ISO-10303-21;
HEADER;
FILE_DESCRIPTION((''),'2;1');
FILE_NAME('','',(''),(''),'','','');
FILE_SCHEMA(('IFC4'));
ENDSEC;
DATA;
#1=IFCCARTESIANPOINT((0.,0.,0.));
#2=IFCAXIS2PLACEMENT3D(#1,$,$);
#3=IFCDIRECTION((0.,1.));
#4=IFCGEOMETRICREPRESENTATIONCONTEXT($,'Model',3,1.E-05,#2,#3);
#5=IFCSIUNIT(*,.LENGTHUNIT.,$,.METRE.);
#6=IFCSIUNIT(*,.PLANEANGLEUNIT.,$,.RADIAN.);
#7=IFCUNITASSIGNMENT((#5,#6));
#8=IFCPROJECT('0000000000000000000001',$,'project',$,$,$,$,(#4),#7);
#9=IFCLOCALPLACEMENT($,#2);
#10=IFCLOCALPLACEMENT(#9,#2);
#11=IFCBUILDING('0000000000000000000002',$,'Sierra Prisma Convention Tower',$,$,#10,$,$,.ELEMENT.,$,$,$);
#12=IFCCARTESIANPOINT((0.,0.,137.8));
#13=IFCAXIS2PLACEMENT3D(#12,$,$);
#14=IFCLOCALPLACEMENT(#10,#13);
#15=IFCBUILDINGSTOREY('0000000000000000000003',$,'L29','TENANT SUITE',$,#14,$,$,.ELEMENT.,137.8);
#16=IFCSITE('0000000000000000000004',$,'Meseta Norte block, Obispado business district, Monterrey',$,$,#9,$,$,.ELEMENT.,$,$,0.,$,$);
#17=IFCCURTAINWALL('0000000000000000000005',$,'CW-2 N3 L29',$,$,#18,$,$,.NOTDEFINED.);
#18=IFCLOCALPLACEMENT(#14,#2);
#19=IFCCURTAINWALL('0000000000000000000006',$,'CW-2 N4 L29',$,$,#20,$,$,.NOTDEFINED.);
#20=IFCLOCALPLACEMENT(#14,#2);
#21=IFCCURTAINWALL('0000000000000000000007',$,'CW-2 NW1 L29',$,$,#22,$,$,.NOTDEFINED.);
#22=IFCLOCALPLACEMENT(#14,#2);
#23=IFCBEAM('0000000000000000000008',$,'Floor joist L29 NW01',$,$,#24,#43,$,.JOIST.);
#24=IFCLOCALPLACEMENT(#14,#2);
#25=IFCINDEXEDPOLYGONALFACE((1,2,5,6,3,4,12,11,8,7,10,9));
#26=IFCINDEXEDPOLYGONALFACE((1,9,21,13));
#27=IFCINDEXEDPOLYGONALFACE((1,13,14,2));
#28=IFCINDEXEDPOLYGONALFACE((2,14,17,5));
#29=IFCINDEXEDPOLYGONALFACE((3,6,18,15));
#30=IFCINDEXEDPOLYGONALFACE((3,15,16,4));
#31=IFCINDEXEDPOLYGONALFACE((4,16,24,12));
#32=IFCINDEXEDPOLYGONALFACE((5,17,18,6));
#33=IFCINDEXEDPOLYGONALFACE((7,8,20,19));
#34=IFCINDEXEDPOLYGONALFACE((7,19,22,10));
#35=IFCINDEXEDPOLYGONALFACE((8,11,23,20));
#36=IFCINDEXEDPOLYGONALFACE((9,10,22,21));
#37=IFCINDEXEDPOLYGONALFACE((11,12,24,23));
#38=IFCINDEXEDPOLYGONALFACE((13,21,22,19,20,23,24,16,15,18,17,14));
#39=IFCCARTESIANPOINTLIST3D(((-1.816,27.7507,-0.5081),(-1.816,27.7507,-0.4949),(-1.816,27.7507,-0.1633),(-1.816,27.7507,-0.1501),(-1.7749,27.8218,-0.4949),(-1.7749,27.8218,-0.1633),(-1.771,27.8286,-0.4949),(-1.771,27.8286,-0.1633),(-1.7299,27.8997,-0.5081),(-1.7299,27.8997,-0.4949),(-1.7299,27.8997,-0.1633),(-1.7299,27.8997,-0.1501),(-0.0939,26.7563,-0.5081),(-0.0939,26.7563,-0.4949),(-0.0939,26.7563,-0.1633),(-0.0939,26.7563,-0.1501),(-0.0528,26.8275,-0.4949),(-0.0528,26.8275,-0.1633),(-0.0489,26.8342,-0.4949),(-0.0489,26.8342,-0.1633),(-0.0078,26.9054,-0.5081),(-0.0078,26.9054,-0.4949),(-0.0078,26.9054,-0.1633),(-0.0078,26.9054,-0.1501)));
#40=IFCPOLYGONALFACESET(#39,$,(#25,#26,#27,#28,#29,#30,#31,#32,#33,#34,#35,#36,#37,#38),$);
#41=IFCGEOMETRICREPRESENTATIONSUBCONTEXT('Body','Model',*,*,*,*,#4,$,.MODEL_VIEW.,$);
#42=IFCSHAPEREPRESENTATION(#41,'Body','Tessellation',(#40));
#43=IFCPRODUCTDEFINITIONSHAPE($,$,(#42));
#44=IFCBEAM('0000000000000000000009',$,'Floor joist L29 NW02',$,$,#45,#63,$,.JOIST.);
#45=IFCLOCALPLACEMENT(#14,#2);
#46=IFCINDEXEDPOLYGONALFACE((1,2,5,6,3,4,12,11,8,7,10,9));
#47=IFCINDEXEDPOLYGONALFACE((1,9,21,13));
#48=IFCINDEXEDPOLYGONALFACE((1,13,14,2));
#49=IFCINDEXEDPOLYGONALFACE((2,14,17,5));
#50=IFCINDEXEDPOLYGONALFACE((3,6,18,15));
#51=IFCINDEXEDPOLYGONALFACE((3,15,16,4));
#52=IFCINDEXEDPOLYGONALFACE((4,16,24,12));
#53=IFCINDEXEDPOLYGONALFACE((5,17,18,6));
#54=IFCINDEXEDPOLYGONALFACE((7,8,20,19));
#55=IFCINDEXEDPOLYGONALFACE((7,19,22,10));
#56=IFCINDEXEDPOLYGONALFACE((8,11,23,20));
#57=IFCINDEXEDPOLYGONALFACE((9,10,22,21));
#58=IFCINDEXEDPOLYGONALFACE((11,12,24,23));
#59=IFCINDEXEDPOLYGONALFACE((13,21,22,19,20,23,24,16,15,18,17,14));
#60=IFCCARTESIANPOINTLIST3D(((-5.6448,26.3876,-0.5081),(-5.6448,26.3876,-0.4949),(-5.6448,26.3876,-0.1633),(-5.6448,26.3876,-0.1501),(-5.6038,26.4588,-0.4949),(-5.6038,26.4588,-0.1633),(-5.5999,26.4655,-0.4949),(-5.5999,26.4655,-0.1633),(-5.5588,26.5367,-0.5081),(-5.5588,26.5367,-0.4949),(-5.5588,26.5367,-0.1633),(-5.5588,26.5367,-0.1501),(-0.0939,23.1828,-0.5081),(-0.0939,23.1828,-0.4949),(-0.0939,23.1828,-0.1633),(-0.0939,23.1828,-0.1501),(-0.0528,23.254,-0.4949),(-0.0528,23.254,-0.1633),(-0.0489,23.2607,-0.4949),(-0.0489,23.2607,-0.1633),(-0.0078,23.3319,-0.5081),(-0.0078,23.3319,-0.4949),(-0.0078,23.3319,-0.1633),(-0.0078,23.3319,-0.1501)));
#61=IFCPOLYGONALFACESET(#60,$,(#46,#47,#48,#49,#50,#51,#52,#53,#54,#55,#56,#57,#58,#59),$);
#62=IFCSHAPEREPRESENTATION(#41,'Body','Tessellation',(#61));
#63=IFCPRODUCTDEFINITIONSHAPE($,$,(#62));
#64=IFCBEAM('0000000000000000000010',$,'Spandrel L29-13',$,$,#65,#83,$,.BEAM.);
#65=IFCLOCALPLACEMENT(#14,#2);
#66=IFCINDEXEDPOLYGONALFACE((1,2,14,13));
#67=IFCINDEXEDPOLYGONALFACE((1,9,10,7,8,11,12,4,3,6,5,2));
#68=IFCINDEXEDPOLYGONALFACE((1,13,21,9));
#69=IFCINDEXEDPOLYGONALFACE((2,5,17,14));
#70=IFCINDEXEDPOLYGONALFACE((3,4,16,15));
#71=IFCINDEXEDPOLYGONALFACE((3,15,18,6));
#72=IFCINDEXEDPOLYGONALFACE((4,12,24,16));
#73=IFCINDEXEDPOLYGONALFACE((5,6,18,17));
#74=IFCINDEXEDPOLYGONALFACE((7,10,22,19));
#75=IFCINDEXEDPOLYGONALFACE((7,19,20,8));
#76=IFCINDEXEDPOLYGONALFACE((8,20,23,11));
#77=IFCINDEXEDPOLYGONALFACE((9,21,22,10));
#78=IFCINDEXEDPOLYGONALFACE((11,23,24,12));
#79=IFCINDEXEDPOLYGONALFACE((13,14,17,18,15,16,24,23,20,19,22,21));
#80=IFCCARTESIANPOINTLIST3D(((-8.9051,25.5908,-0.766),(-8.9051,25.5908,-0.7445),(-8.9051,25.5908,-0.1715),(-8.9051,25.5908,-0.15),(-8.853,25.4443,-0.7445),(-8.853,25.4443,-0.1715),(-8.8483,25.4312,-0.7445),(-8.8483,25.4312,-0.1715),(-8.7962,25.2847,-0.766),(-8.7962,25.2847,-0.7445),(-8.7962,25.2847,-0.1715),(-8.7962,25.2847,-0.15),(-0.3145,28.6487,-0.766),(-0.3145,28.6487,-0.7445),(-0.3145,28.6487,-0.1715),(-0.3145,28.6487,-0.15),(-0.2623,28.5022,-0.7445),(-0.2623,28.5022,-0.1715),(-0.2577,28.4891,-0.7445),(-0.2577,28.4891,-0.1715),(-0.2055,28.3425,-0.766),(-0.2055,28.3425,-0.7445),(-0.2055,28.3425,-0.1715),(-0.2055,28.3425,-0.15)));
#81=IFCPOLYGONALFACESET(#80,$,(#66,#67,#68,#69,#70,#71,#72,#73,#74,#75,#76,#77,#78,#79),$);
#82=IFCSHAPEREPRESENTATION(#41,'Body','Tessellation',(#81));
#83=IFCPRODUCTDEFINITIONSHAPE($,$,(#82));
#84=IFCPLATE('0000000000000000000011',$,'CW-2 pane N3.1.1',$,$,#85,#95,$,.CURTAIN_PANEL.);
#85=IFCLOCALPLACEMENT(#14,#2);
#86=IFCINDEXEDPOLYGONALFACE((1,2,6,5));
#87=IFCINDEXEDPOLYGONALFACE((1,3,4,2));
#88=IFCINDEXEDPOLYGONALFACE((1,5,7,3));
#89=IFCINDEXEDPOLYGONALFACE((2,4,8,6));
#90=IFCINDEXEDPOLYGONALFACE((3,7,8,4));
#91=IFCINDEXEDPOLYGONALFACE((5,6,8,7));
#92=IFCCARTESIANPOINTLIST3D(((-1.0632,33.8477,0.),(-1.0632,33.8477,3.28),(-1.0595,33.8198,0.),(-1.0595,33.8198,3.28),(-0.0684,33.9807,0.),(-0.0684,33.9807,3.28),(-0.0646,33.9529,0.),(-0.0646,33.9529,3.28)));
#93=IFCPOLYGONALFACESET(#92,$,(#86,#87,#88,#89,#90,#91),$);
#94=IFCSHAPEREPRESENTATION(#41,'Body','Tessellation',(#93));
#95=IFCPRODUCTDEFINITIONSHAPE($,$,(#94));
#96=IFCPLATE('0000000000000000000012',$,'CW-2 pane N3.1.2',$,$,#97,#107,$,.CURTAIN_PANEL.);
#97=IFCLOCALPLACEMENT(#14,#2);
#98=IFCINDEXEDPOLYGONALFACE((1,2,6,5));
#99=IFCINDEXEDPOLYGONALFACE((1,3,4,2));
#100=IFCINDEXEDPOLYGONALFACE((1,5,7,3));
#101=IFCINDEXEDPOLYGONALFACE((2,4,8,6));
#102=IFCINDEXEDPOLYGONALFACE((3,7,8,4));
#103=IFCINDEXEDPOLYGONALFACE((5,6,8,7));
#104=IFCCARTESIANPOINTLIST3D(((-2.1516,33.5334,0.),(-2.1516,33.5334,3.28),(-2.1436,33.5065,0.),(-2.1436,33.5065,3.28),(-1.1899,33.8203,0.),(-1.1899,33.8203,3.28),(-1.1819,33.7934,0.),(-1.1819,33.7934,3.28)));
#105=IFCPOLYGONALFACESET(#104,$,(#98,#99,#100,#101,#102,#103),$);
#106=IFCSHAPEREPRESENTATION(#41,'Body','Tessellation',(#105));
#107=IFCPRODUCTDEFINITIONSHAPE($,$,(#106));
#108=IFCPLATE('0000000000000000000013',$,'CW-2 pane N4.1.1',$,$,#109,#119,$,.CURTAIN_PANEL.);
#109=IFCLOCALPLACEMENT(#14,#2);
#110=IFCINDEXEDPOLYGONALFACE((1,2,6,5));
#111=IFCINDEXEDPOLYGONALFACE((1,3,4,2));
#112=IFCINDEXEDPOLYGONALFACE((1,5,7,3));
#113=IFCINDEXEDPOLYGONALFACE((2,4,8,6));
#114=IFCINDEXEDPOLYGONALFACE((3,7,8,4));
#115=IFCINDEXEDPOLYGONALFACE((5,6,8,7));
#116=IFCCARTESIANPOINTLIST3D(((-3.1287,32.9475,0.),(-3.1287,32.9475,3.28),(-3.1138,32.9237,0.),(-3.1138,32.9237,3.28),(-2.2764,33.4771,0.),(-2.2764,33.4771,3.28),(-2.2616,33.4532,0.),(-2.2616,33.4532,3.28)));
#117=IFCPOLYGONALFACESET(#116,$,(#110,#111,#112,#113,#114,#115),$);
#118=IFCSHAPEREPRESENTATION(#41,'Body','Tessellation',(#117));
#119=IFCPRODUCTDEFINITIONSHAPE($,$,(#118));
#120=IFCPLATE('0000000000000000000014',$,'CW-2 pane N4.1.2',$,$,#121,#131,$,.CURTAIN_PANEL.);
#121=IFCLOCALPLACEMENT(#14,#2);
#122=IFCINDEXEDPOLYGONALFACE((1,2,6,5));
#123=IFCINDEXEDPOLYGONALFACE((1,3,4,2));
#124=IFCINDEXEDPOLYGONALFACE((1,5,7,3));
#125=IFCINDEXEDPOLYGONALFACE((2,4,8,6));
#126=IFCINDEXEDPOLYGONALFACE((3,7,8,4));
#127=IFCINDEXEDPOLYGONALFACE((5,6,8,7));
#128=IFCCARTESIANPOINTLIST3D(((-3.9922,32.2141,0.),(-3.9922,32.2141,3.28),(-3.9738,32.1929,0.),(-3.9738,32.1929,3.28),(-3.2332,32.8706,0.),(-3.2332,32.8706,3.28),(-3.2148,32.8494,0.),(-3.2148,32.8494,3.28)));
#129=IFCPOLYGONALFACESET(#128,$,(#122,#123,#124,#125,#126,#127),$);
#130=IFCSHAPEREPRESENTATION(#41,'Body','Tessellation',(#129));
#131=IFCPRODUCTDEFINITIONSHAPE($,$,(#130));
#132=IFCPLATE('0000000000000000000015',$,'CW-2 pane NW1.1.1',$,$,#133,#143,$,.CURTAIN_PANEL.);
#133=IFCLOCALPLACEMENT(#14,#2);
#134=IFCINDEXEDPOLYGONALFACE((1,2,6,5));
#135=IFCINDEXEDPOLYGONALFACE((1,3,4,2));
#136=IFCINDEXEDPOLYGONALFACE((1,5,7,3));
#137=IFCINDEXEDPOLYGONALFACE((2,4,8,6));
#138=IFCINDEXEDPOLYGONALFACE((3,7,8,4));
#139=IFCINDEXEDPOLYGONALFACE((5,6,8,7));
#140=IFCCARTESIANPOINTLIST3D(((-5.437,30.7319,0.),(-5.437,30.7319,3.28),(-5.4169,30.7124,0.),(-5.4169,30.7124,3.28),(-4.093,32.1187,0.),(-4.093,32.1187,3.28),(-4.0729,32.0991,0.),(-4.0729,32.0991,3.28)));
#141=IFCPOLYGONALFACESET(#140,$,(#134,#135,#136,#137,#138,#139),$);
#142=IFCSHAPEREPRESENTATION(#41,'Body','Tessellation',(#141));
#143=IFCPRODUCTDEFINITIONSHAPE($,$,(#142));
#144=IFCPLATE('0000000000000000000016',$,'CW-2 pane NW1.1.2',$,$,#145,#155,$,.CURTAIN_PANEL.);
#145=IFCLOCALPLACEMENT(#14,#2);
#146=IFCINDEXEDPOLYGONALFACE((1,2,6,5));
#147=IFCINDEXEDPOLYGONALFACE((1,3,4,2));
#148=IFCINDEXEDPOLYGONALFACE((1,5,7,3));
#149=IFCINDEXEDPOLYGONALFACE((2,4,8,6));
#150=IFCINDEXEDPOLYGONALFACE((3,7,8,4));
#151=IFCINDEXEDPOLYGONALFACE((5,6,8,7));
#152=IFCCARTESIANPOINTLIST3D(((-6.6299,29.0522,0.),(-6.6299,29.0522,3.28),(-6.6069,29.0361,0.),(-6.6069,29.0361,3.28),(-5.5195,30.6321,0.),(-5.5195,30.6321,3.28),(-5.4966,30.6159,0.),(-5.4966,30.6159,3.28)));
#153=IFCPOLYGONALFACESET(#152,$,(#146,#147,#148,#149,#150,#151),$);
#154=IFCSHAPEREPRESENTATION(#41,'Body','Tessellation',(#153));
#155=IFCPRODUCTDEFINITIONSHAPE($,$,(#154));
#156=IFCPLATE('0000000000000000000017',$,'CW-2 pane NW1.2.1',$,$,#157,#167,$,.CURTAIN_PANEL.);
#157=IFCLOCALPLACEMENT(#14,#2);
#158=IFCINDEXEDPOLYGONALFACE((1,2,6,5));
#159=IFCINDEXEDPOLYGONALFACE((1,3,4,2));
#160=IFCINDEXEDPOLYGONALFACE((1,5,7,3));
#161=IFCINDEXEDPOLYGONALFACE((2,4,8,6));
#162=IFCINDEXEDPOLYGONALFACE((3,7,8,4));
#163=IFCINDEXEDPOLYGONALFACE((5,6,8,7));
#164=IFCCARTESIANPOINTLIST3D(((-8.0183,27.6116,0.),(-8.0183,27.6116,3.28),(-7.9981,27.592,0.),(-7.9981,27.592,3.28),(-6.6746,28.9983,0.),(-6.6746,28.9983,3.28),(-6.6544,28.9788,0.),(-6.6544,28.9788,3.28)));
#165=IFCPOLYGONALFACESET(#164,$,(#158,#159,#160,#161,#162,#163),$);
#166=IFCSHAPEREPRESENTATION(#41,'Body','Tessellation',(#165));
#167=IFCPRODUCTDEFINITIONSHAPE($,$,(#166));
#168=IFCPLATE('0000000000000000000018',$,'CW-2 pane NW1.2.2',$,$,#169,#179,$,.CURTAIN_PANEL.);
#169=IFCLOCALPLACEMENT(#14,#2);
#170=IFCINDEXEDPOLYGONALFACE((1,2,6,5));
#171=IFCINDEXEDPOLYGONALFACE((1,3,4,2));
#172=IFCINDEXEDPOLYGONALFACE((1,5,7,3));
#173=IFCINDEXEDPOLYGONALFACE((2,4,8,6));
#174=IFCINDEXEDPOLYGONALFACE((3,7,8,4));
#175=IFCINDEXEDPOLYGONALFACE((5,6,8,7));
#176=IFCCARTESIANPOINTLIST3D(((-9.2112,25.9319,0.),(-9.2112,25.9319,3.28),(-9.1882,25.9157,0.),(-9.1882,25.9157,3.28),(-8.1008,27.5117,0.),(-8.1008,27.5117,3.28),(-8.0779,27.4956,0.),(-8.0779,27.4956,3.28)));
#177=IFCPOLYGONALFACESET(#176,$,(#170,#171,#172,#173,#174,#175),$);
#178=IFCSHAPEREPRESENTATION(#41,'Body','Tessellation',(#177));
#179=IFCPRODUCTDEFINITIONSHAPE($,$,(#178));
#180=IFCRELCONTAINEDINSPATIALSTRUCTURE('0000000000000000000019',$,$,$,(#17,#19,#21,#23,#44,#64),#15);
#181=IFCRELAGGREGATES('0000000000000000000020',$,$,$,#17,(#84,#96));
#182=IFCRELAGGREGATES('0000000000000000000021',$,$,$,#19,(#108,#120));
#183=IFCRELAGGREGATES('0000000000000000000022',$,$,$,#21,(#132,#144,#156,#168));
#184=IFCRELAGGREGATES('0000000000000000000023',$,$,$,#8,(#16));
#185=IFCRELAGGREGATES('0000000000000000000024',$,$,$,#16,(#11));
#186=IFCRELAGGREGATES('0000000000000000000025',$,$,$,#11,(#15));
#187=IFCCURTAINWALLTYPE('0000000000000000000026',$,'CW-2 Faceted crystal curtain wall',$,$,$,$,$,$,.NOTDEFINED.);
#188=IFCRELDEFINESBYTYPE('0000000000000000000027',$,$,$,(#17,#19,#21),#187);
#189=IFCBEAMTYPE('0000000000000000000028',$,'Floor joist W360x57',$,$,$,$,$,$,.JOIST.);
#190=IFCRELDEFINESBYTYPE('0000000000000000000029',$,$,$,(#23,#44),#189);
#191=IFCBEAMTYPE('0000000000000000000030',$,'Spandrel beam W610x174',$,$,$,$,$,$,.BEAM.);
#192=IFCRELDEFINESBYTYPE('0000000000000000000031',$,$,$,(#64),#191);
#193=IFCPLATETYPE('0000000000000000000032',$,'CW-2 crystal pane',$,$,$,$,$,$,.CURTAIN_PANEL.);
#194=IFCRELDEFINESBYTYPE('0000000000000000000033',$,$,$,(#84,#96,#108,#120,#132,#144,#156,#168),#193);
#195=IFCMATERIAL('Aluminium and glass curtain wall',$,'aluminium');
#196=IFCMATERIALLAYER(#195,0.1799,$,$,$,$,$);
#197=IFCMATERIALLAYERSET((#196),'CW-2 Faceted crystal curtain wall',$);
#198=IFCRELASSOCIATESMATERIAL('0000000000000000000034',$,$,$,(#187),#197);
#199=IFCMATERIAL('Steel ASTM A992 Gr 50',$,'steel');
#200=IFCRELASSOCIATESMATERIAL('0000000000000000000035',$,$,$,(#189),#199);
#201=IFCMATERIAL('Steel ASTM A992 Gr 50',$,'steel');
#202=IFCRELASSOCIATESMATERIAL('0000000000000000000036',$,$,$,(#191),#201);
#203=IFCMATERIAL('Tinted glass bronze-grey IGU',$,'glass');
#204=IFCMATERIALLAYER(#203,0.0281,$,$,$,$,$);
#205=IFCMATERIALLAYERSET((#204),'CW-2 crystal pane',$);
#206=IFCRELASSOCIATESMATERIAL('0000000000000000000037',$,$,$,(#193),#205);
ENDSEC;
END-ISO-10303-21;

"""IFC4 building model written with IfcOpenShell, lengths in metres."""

from ifc_helpers import new_model, si_unit, direction, frame, origin, origin_2d, place, context, subcontext, project, spatial, polyline, i_section, outline, extrude, material, layer, layer_set, material_profile, profile_set, type_object, element, aggregate, save


model = new_model("IFC4")

# Units and contexts
model_context = context("Model", 3, precision=1e-05, world=origin(), true_north=direction((0.0, 1.0)))
body_context = subcontext(model_context, "Body", "Model", "MODEL_VIEW")
ifc_project = project(units=[si_unit("LENGTHUNIT", "METRE"), si_unit("PLANEANGLEUNIT", "RADIAN")], contexts=[model_context])

# Site, building, storey
site_placement = place(None, origin())
site = spatial("IfcSite", under=ifc_project, at=site_placement, Name="Meseta Norte block, Obispado business district, Monterrey", CompositionType="ELEMENT", RefElevation=0.0)
building_placement = place(site_placement, origin())
building = spatial("IfcBuilding", under=site, at=building_placement, Name="Sierra Prisma Convention Tower", CompositionType="ELEMENT")
storey_placement = place(building_placement, frame((0.0, 0.0, 137.8)))
storey = spatial("IfcBuildingStorey", under=building, at=storey_placement, Name="L29", Description="TENANT SUITE", CompositionType="ELEMENT", Elevation=137.8)

# Curtain walls
ifc_material_1 = material(Name="Aluminium and glass curtain wall", Category="aluminium")
ifc_layer_1 = layer(ifc_material_1, 0.1799)
ifc_layer_set_1 = layer_set([ifc_layer_1], Name="CW-2 Faceted crystal curtain wall")
curtain_wall_type = type_object("IfcCurtainWallType", Name="CW-2 Faceted crystal curtain wall", PredefinedType="NOTDEFINED", material=ifc_layer_set_1)
curtain_wall_1_placement = place(storey_placement, origin())
curtain_wall_1 = element("IfcCurtainWall", 1, at=curtain_wall_1_placement, inside=storey, type_object=curtain_wall_type, Name="CW-2 N3 L29", PredefinedType="NOTDEFINED")
curtain_wall_2_placement = place(storey_placement, origin())
curtain_wall_2 = element("IfcCurtainWall", 2, at=curtain_wall_2_placement, inside=storey, type_object=curtain_wall_type, Name="CW-2 N4 L29", PredefinedType="NOTDEFINED")

# Curtain wall
curtain_wall_3_placement = place(storey_placement, origin())
curtain_wall_3 = element("IfcCurtainWall", 3, at=curtain_wall_3_placement, inside=storey, type_object=curtain_wall_type, Name="CW-2 NW1 L29", PredefinedType="NOTDEFINED")

# Beams
ifc_material_2 = material(Name="Steel ASTM A992 Gr 50", Category="steel")
ifc_material_profile_1 = material_profile(ifc_material_2, i_section(OverallWidth=0.1721, OverallDepth=0.3579, WebThickness=0.0078, FlangeThickness=0.0132, at=origin_2d()), Name="W360x57")
ifc_profile_set_1 = profile_set([ifc_material_profile_1], Name="Steel ASTM A992 Gr 50")
beam_type_1 = type_object("IfcBeamType", Name="Floor joist W360x57", PredefinedType="JOIST", material=ifc_profile_set_1)
beam_1_placement = place(storey_placement, frame((-1.7729, 27.8252, -0.3291), z_axis=(0.866006, -0.500034, 0.0), x_axis=(0.500034, 0.866006, 0.0)))
element("IfcBeam", 4, at=beam_1_placement, inside=storey, type_object=beam_type_1, Name="Floor joist L29 NW01", PredefinedType="JOIST", context=body_context, shape_type="SweptSolid", body=[
    extrude(i_section(OverallWidth=0.1721, OverallDepth=0.3579, WebThickness=0.0078, FlangeThickness=0.0132, at=origin_2d()), origin(), (0.0, 0.0, 1.0), 1.9885),
])
beam_2_placement = place(storey_placement, frame((-5.6018, 26.4622, -0.3291), z_axis=(0.866029, -0.499994, 0.0), x_axis=(0.499994, 0.866029, 0.0)))
element("IfcBeam", 5, at=beam_2_placement, inside=storey, type_object=beam_type_1, Name="Floor joist L29 NW02", PredefinedType="JOIST", context=body_context, shape_type="SweptSolid", body=[
    extrude(i_section(OverallWidth=0.1721, OverallDepth=0.3579, WebThickness=0.0078, FlangeThickness=0.0132, at=origin_2d()), origin(), (0.0, 0.0, 1.0), 6.4097),
])
ifc_material_3 = material(Name="Steel ASTM A992 Gr 50", Category="steel")
ifc_material_profile_2 = material_profile(ifc_material_3, i_section(OverallWidth=0.325, OverallDepth=0.616, WebThickness=0.0139, FlangeThickness=0.0215, at=origin_2d()), Name="W610x174")
ifc_profile_set_2 = profile_set([ifc_material_profile_2], Name="Steel ASTM A992 Gr 50")
beam_type_2 = type_object("IfcBeamType", Name="Spandrel beam W610x174", PredefinedType="BEAM", material=ifc_profile_set_2)
beam_3_placement = place(storey_placement, frame((-0.26, 28.4956, -0.458), z_axis=(-0.942096, -0.335344, 0.0), x_axis=(0.335344, -0.942096, 0.0)))
element("IfcBeam", 6, at=beam_3_placement, inside=storey, type_object=beam_type_2, Name="Spandrel L29-13", PredefinedType="BEAM", context=body_context, shape_type="SweptSolid", body=[
    extrude(i_section(OverallWidth=0.325, OverallDepth=0.616, WebThickness=0.0139, FlangeThickness=0.0215, at=origin_2d()), origin(), (0.0, 0.0, 1.0), 9.1187),
])

# Plates
ifc_material_4 = material(Name="Tinted glass bronze-grey IGU", Category="glass")
ifc_layer_2 = layer(ifc_material_4, 0.0281)
ifc_layer_set_2 = layer_set([ifc_layer_2], Name="CW-2 crystal pane")
plate_type = type_object("IfcPlateType", Name="CW-2 crystal pane", PredefinedType="CURTAIN_PANEL", material=ifc_layer_set_2)
plate_1_placement = place(storey_placement, frame((-0.0684, 33.9807, 0.0), z_axis=(-0.132562, 0.991175, 0.0), x_axis=(-0.991175, -0.132562, 0.0)))
plate_1 = element("IfcPlate", 7, at=plate_1_placement, type_object=plate_type, Name="CW-2 pane N3.1.1", PredefinedType="CURTAIN_PANEL", context=body_context, shape_type="SweptSolid", body=[
    extrude(outline(polyline([(0.0, 0.0), (1.0037, 0.0), (1.0037, 3.28), (0.0, 3.28), (0.0, 0.0)])), origin(), (0.0, 0.0, -1.0), 0.0281),
])
plate_2_placement = place(storey_placement, frame((-2.1516, 33.5334, 0.0), z_axis=(-0.285852, 0.958274, 0.0), x_axis=(0.958274, 0.285852, 0.0)))
plate_2 = element("IfcPlate", 8, at=plate_2_placement, type_object=plate_type, Name="CW-2 pane N3.1.2", PredefinedType="CURTAIN_PANEL", context=body_context, shape_type="SweptSolid", body=[
    extrude(outline(polyline([(0.0, 0.0), (1.0035, 0.0), (1.0035, -3.28), (0.0, -3.28), (0.0, 0.0)])), origin(), (0.0, 0.0, -1.0), 0.0281),
])
aggregate(curtain_wall_1, [plate_1, plate_2])
plate_3_placement = place(storey_placement, frame((-2.2764, 33.4771, 0.0), z_axis=(-0.527744, 0.849403, 0.0), x_axis=(-0.849403, -0.527744, 0.0)))
plate_3 = element("IfcPlate", 9, at=plate_3_placement, type_object=plate_type, Name="CW-2 pane N4.1.1", PredefinedType="CURTAIN_PANEL", context=body_context, shape_type="SweptSolid", body=[
    extrude(outline(polyline([(0.0, 0.0), (1.0034, 0.0), (1.0034, 3.28), (0.0, 3.28), (0.0, 0.0)])), origin(), (0.0, 0.0, -1.0), 0.0281),
])
plate_4_placement = place(storey_placement, frame((-3.9922, 32.2141, 0.0), z_axis=(-0.654171, 0.756347, 0.0), x_axis=(0.756347, 0.654171, 0.0)))
plate_4 = element("IfcPlate", 10, at=plate_4_placement, type_object=plate_type, Name="CW-2 pane N4.1.2", PredefinedType="CURTAIN_PANEL", context=body_context, shape_type="SweptSolid", body=[
    extrude(outline(polyline([(0.0, 0.0), (1.0036, 0.0), (1.0036, -3.28), (0.0, -3.28), (0.0, 0.0)])), origin(), (0.0, 0.0, -1.0), 0.0281),
])
aggregate(curtain_wall_2, [plate_3, plate_4])
plate_5_placement = place(storey_placement, frame((-4.093, 32.1187, 0.0), z_axis=(-0.718082, 0.695958, 0.0), x_axis=(-0.695958, -0.718082, 0.0)))
plate_5 = element("IfcPlate", 11, at=plate_5_placement, type_object=plate_type, Name="CW-2 pane NW1.1.1", PredefinedType="CURTAIN_PANEL", context=body_context, shape_type="SweptSolid", body=[
    extrude(outline(polyline([(0.0, 0.0), (1.9311, 0.0), (1.9311, 3.28), (0.0, 3.28), (0.0, 0.0)])), origin(), (0.0, 0.0, -1.0), 0.0281),
])
plate_6_placement = place(storey_placement, frame((-6.6299, 29.0522, 0.0), z_axis=(-0.818143, 0.575014, 0.0), x_axis=(0.575014, 0.818143, 0.0)))
plate_6 = element("IfcPlate", 12, at=plate_6_placement, type_object=plate_type, Name="CW-2 pane NW1.1.2", PredefinedType="CURTAIN_PANEL", context=body_context, shape_type="SweptSolid", body=[
    extrude(outline(polyline([(0.0, 0.0), (1.931, 0.0), (1.931, -3.28), (0.0, -3.28), (0.0, 0.0)])), origin(), (0.0, 0.0, -1.0), 0.0281),
])
plate_7_placement = place(storey_placement, frame((-6.6746, 28.9983, 0.0), z_axis=(-0.718145, 0.695893, 0.0), x_axis=(-0.695893, -0.718145, 0.0)))
plate_7 = element("IfcPlate", 13, at=plate_7_placement, type_object=plate_type, Name="CW-2 pane NW1.2.1", PredefinedType="CURTAIN_PANEL", context=body_context, shape_type="SweptSolid", body=[
    extrude(outline(polyline([(0.0, 0.0), (1.931, 0.0), (1.931, 3.28), (0.0, 3.28), (0.0, 0.0)])), origin(), (0.0, 0.0, -1.0), 0.0281),
])
plate_8_placement = place(storey_placement, frame((-9.2112, 25.9319, 0.0), z_axis=(-0.818143, 0.575014, 0.0), x_axis=(0.575014, 0.818143, 0.0)))
plate_8 = element("IfcPlate", 14, at=plate_8_placement, type_object=plate_type, Name="CW-2 pane NW1.2.2", PredefinedType="CURTAIN_PANEL", context=body_context, shape_type="SweptSolid", body=[
    extrude(outline(polyline([(0.0, 0.0), (1.931, 0.0), (1.931, -3.28), (0.0, -3.28), (0.0, 0.0)])), origin(), (0.0, 0.0, -1.0), 0.0281),
])
aggregate(curtain_wall_3, [plate_5, plate_6, plate_7, plate_8])

save(model, "model.ifc")
